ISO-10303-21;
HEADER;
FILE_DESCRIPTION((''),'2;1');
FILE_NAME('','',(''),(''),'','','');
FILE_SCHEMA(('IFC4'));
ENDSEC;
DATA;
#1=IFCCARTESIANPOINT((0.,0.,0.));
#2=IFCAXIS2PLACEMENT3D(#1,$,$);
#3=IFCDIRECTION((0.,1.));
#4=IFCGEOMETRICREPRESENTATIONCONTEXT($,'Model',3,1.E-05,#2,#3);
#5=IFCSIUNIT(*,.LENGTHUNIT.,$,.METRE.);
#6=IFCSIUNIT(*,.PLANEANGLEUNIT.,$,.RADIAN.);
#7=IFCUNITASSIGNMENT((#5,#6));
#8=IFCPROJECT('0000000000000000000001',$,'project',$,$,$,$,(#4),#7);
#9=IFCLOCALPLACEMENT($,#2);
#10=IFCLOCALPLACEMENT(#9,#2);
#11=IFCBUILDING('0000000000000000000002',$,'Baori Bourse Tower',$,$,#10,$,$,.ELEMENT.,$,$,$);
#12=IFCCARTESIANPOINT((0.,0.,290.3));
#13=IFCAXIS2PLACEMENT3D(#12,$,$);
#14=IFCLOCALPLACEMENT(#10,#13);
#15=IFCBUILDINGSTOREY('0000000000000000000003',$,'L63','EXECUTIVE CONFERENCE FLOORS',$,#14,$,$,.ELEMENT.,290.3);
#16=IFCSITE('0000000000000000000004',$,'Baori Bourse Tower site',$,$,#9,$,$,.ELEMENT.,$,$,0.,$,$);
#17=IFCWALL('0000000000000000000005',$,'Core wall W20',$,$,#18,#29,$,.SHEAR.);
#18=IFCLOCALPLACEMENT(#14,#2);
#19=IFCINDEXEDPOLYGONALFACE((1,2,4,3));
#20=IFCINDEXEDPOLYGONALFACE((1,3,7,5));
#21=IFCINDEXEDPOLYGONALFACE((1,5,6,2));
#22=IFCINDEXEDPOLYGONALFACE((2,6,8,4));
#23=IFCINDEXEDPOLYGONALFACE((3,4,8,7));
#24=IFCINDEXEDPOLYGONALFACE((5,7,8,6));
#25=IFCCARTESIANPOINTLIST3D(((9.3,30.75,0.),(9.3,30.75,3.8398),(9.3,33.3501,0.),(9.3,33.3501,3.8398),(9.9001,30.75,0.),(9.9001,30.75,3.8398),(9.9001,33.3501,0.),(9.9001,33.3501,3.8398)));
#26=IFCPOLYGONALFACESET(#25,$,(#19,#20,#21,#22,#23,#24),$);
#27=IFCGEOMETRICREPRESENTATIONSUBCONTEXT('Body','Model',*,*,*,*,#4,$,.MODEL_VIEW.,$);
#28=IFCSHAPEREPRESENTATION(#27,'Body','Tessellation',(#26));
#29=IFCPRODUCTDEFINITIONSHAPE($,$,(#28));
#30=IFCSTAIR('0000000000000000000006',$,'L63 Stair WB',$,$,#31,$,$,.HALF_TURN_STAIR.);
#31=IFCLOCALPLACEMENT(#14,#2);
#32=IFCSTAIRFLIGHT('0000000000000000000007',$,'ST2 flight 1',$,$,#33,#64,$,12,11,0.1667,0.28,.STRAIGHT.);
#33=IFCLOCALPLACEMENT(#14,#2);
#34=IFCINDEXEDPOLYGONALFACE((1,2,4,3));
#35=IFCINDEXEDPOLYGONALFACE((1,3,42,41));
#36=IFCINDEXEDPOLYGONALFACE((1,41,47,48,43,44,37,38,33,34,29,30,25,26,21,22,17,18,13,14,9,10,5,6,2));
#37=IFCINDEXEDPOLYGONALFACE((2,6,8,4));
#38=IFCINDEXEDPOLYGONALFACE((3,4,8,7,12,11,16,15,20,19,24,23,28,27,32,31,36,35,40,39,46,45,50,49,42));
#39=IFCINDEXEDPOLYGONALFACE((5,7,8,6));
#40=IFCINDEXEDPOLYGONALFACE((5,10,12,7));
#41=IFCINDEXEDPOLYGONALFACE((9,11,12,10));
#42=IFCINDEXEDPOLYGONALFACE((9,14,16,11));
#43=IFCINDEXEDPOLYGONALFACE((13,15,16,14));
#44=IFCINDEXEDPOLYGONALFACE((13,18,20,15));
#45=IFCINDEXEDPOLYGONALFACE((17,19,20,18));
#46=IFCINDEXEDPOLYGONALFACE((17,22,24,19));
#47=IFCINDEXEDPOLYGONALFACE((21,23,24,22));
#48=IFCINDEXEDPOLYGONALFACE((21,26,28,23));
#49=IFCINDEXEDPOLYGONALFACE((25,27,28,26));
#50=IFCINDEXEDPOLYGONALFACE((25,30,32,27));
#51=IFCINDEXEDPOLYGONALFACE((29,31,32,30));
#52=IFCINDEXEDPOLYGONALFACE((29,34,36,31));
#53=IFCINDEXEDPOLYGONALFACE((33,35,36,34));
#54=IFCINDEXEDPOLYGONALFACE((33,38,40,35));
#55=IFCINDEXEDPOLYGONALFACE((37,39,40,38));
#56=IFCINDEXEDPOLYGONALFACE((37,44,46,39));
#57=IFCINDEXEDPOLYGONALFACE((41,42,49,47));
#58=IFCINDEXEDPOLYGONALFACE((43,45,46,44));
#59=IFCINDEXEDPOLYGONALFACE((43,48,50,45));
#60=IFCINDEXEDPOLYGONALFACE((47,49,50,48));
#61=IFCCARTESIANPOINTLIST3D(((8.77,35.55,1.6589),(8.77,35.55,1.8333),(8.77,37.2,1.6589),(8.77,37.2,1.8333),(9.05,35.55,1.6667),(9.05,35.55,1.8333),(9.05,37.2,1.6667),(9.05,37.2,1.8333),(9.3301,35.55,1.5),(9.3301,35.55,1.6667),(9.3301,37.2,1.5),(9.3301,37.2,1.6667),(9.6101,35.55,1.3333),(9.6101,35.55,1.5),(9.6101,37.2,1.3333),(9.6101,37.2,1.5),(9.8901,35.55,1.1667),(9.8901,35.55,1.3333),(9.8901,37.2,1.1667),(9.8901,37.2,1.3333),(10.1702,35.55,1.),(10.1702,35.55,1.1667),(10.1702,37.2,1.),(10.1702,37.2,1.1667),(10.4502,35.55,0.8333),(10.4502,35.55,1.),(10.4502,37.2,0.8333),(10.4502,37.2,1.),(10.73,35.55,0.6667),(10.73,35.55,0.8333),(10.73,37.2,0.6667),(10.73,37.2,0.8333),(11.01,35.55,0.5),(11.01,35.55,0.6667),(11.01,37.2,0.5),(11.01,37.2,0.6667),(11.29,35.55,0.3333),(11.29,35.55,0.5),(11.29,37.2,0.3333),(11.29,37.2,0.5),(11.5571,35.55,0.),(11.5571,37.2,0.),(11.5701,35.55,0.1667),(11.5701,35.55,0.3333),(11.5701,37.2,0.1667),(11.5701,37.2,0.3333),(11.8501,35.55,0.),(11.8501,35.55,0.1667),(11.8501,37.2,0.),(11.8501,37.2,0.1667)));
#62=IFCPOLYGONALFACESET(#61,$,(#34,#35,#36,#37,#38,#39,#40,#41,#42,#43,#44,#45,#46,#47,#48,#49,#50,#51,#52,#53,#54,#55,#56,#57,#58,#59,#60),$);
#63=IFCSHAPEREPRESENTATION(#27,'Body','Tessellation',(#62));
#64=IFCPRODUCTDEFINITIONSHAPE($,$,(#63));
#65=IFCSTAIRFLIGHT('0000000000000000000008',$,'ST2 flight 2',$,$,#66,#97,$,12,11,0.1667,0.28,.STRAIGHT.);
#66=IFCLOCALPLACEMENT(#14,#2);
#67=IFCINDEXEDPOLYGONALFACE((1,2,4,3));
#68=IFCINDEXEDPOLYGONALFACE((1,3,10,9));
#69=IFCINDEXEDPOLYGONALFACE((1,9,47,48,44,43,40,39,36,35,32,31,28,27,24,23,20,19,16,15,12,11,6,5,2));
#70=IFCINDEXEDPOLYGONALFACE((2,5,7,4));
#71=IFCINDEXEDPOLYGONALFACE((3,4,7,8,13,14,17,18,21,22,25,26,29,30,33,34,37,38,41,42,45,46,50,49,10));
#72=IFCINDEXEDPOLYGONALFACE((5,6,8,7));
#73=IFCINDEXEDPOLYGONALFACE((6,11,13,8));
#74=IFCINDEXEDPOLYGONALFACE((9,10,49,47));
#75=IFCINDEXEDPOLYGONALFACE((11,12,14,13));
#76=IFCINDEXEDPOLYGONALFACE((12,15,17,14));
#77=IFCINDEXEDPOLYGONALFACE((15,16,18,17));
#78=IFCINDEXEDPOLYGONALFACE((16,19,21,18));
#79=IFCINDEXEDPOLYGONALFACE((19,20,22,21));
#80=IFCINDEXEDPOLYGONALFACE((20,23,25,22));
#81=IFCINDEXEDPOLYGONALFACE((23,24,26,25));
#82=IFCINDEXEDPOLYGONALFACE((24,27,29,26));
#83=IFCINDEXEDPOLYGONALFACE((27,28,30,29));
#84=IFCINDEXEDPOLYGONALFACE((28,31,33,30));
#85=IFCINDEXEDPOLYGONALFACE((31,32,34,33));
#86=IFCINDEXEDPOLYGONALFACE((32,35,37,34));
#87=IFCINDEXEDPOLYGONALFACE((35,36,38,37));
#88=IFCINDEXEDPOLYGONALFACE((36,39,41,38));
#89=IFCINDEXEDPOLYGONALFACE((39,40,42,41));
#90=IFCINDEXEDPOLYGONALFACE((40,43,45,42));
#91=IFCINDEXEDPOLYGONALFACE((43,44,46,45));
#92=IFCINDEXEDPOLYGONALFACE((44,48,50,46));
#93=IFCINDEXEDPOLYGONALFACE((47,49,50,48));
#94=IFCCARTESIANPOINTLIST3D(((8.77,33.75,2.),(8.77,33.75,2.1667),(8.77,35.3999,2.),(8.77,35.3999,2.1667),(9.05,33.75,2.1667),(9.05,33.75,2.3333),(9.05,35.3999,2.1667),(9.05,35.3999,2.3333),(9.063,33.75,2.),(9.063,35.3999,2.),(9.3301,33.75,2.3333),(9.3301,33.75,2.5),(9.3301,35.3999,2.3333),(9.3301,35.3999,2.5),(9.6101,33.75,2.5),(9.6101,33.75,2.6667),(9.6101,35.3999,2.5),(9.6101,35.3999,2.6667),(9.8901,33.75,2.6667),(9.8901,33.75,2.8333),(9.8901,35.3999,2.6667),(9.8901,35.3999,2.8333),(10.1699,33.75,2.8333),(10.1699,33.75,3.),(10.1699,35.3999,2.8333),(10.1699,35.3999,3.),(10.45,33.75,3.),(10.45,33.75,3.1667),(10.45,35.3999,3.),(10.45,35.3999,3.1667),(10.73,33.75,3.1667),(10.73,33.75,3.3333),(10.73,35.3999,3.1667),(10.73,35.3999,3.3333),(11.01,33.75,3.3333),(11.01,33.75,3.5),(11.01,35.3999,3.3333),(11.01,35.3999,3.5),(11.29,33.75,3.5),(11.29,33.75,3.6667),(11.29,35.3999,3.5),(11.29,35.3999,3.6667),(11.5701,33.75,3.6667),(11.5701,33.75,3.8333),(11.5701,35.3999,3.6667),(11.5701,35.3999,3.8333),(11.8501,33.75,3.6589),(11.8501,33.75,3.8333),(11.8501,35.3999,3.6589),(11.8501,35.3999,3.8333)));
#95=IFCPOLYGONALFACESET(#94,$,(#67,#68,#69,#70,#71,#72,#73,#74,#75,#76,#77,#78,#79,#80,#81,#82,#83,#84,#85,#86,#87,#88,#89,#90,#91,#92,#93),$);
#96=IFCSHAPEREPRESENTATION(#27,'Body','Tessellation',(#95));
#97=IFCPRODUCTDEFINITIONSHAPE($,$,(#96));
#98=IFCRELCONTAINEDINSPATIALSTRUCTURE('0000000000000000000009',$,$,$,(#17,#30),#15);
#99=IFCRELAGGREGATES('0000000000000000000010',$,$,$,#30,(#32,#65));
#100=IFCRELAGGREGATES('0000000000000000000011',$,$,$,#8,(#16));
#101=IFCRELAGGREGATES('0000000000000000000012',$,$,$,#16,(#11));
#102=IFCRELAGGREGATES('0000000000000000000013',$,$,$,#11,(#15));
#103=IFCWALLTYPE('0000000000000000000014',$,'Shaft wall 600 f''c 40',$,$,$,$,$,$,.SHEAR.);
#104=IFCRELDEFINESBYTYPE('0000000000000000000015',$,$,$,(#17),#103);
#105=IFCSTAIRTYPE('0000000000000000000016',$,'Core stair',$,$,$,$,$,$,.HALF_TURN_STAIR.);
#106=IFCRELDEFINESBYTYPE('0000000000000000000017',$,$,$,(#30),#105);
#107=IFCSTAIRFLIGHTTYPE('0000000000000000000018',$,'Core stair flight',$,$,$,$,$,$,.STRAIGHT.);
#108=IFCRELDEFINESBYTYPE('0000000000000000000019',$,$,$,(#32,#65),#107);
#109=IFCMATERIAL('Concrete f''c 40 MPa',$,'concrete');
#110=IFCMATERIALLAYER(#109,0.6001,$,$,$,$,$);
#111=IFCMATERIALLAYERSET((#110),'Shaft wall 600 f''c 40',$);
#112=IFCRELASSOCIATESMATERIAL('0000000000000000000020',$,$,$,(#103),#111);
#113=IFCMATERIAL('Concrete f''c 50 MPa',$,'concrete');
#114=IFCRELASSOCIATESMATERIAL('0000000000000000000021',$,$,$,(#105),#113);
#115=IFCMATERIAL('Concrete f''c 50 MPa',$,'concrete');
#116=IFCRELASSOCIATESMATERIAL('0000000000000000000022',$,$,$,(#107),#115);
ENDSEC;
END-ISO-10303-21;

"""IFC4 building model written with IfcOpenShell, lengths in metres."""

from ifc_helpers import new_model, si_unit, direction, frame, frame_2d, origin, place, context, subcontext, project, spatial, polyline, rectangle, outline, extrude, material, layer, layer_set, type_object, element, aggregate, save


model = new_model("IFC4")

# Units and contexts
model_context = context("Model", 3, precision=1e-05, world=origin(), true_north=direction((0.0, 1.0)))
body_context = subcontext(model_context, "Body", "Model", "MODEL_VIEW")
ifc_project = project(units=[si_unit("LENGTHUNIT", "METRE"), si_unit("PLANEANGLEUNIT", "RADIAN")], contexts=[model_context])

# Site, building, storey
site_placement = place(None, origin())
site = spatial("IfcSite", under=ifc_project, at=site_placement, Name="Baori Bourse Tower site", CompositionType="ELEMENT", RefElevation=0.0)
building_placement = place(site_placement, origin())
building = spatial("IfcBuilding", under=site, at=building_placement, Name="Baori Bourse Tower", CompositionType="ELEMENT")
storey_placement = place(building_placement, frame((0.0, 0.0, 290.3)))
storey = spatial("IfcBuildingStorey", under=building, at=storey_placement, Name="L63", Description="EXECUTIVE CONFERENCE FLOORS", CompositionType="ELEMENT", Elevation=290.3)

# Wall
ifc_material_1 = material(Name="Concrete f'c 40 MPa", Category="concrete")
ifc_layer_1 = layer(ifc_material_1, 0.6001)
ifc_layer_set_1 = layer_set([ifc_layer_1], Name="Shaft wall 600 f'c 40")
wall_type_1 = type_object("IfcWallType", Name="Shaft wall 600 f'c 40", PredefinedType="SHEAR", material=ifc_layer_set_1)
for number, where, z_axis, x_axis, name in (
    (1, (9.6001, 30.75, 0.0), (0.0, 0.0, 1.0), (0.0, 1.0, 0.0), "Core wall W20"),
):
    element("IfcWall", number, at=place(storey_placement, frame(where, z_axis=z_axis, x_axis=x_axis)), inside=storey, type_object=wall_type_1, Name=name, PredefinedType="SHEAR", context=body_context, shape_type="SweptSolid", body=[
        extrude(rectangle(XDim=2.6001, YDim=0.6001, at=frame_2d((1.3, 0.0))), origin(), (0.0, 0.0, 1.0), 3.8398),
    ])

# Stair, stair flights
ifc_material_2 = material(Name="Concrete f'c 50 MPa", Category="concrete")
stair_type = type_object("IfcStairType", Name="Core stair", PredefinedType="HALF_TURN_STAIR", material=ifc_material_2)
stair_placement = place(storey_placement, origin())
stair = element("IfcStair", 2, at=stair_placement, inside=storey, type_object=stair_type, Name="L63 Stair WB", PredefinedType="HALF_TURN_STAIR")
ifc_material_3 = material(Name="Concrete f'c 50 MPa", Category="concrete")
stair_flight_type = type_object("IfcStairFlightType", Name="Core stair flight", PredefinedType="STRAIGHT", material=ifc_material_3)
stair_flight_1_placement = place(storey_placement, frame((11.8501, 36.375, 0.0), z_axis=(0.0, 0.0, 1.0), x_axis=(-1.0, 0.0, 0.0)))
stair_flight_1 = element("IfcStairFlight", 3, at=stair_flight_1_placement, type_object=stair_flight_type, Name="ST2 flight 1", NumberOfRisers=12, NumberOfTreads=11, PredefinedType="STRAIGHT", RiserHeight=0.1667, TreadLength=0.28, context=body_context, shape_type="SweptSolid", body=[
    extrude(outline(polyline([(0.0, 0.0), (0.0, 0.1667), (0.28, 0.1667), (0.28, 0.3333), (0.5601, 0.3333), (0.5601, 0.5), (0.8401, 0.5), (0.8401, 0.6667), (1.1201, 0.6667), (1.1201, 0.8333), (1.3999, 0.8333), (1.3999, 1.0), (1.6799, 1.0), (1.6799, 1.1667), (1.96, 1.1667), (1.96, 1.3333), (2.24, 1.3333), (2.24, 1.5), (2.52, 1.5), (2.52, 1.6667), (2.8, 1.6667), (2.8, 1.8333), (3.0801, 1.8333), (3.0801, 2.0), (3.0801, 1.6589), (0.293, 0.0), (0.0, 0.0)])), frame((0.0, 0.825, 0.0), z_axis=(0.0, -1.0, 0.0), x_axis=(1.0, 0.0, 0.0)), (0.0, 0.0, 1.0), 1.6499),
])
stair_flight_2_placement = place(storey_placement, frame((8.77, 34.575, 2.0), z_axis=(0.0, 0.0, 1.0), x_axis=(1.0, 0.0, 0.0)))
stair_flight_2 = element("IfcStairFlight", 4, at=stair_flight_2_placement, type_object=stair_flight_type, Name="ST2 flight 2", NumberOfRisers=12, NumberOfTreads=11, PredefinedType="STRAIGHT", RiserHeight=0.1667, TreadLength=0.28, context=body_context, shape_type="SweptSolid", body=[
    extrude(outline(polyline([(0.0, 0.0), (0.0, 0.1667), (0.28, 0.1667), (0.28, 0.3333), (0.5601, 0.3333), (0.5601, 0.5), (0.8401, 0.5), (0.8401, 0.6667), (1.1201, 0.6667), (1.1201, 0.8333), (1.3999, 0.8333), (1.3999, 1.0), (1.6799, 1.0), (1.6799, 1.1667), (1.96, 1.1667), (1.96, 1.3333), (2.24, 1.3333), (2.24, 1.5), (2.52, 1.5), (2.52, 1.6667), (2.8, 1.6667), (2.8, 1.8333), (3.0801, 1.8333), (3.0801, 2.0), (3.0801, 1.6589), (0.293, 0.0), (0.0, 0.0)])), frame((0.0, 0.825, 0.0), z_axis=(0.0, -1.0, 0.0), x_axis=(1.0, 0.0, 0.0)), (0.0, 0.0, 1.0), 1.6499),
])
aggregate(stair, [stair_flight_1, stair_flight_2])

save(model, "model.ifc")
